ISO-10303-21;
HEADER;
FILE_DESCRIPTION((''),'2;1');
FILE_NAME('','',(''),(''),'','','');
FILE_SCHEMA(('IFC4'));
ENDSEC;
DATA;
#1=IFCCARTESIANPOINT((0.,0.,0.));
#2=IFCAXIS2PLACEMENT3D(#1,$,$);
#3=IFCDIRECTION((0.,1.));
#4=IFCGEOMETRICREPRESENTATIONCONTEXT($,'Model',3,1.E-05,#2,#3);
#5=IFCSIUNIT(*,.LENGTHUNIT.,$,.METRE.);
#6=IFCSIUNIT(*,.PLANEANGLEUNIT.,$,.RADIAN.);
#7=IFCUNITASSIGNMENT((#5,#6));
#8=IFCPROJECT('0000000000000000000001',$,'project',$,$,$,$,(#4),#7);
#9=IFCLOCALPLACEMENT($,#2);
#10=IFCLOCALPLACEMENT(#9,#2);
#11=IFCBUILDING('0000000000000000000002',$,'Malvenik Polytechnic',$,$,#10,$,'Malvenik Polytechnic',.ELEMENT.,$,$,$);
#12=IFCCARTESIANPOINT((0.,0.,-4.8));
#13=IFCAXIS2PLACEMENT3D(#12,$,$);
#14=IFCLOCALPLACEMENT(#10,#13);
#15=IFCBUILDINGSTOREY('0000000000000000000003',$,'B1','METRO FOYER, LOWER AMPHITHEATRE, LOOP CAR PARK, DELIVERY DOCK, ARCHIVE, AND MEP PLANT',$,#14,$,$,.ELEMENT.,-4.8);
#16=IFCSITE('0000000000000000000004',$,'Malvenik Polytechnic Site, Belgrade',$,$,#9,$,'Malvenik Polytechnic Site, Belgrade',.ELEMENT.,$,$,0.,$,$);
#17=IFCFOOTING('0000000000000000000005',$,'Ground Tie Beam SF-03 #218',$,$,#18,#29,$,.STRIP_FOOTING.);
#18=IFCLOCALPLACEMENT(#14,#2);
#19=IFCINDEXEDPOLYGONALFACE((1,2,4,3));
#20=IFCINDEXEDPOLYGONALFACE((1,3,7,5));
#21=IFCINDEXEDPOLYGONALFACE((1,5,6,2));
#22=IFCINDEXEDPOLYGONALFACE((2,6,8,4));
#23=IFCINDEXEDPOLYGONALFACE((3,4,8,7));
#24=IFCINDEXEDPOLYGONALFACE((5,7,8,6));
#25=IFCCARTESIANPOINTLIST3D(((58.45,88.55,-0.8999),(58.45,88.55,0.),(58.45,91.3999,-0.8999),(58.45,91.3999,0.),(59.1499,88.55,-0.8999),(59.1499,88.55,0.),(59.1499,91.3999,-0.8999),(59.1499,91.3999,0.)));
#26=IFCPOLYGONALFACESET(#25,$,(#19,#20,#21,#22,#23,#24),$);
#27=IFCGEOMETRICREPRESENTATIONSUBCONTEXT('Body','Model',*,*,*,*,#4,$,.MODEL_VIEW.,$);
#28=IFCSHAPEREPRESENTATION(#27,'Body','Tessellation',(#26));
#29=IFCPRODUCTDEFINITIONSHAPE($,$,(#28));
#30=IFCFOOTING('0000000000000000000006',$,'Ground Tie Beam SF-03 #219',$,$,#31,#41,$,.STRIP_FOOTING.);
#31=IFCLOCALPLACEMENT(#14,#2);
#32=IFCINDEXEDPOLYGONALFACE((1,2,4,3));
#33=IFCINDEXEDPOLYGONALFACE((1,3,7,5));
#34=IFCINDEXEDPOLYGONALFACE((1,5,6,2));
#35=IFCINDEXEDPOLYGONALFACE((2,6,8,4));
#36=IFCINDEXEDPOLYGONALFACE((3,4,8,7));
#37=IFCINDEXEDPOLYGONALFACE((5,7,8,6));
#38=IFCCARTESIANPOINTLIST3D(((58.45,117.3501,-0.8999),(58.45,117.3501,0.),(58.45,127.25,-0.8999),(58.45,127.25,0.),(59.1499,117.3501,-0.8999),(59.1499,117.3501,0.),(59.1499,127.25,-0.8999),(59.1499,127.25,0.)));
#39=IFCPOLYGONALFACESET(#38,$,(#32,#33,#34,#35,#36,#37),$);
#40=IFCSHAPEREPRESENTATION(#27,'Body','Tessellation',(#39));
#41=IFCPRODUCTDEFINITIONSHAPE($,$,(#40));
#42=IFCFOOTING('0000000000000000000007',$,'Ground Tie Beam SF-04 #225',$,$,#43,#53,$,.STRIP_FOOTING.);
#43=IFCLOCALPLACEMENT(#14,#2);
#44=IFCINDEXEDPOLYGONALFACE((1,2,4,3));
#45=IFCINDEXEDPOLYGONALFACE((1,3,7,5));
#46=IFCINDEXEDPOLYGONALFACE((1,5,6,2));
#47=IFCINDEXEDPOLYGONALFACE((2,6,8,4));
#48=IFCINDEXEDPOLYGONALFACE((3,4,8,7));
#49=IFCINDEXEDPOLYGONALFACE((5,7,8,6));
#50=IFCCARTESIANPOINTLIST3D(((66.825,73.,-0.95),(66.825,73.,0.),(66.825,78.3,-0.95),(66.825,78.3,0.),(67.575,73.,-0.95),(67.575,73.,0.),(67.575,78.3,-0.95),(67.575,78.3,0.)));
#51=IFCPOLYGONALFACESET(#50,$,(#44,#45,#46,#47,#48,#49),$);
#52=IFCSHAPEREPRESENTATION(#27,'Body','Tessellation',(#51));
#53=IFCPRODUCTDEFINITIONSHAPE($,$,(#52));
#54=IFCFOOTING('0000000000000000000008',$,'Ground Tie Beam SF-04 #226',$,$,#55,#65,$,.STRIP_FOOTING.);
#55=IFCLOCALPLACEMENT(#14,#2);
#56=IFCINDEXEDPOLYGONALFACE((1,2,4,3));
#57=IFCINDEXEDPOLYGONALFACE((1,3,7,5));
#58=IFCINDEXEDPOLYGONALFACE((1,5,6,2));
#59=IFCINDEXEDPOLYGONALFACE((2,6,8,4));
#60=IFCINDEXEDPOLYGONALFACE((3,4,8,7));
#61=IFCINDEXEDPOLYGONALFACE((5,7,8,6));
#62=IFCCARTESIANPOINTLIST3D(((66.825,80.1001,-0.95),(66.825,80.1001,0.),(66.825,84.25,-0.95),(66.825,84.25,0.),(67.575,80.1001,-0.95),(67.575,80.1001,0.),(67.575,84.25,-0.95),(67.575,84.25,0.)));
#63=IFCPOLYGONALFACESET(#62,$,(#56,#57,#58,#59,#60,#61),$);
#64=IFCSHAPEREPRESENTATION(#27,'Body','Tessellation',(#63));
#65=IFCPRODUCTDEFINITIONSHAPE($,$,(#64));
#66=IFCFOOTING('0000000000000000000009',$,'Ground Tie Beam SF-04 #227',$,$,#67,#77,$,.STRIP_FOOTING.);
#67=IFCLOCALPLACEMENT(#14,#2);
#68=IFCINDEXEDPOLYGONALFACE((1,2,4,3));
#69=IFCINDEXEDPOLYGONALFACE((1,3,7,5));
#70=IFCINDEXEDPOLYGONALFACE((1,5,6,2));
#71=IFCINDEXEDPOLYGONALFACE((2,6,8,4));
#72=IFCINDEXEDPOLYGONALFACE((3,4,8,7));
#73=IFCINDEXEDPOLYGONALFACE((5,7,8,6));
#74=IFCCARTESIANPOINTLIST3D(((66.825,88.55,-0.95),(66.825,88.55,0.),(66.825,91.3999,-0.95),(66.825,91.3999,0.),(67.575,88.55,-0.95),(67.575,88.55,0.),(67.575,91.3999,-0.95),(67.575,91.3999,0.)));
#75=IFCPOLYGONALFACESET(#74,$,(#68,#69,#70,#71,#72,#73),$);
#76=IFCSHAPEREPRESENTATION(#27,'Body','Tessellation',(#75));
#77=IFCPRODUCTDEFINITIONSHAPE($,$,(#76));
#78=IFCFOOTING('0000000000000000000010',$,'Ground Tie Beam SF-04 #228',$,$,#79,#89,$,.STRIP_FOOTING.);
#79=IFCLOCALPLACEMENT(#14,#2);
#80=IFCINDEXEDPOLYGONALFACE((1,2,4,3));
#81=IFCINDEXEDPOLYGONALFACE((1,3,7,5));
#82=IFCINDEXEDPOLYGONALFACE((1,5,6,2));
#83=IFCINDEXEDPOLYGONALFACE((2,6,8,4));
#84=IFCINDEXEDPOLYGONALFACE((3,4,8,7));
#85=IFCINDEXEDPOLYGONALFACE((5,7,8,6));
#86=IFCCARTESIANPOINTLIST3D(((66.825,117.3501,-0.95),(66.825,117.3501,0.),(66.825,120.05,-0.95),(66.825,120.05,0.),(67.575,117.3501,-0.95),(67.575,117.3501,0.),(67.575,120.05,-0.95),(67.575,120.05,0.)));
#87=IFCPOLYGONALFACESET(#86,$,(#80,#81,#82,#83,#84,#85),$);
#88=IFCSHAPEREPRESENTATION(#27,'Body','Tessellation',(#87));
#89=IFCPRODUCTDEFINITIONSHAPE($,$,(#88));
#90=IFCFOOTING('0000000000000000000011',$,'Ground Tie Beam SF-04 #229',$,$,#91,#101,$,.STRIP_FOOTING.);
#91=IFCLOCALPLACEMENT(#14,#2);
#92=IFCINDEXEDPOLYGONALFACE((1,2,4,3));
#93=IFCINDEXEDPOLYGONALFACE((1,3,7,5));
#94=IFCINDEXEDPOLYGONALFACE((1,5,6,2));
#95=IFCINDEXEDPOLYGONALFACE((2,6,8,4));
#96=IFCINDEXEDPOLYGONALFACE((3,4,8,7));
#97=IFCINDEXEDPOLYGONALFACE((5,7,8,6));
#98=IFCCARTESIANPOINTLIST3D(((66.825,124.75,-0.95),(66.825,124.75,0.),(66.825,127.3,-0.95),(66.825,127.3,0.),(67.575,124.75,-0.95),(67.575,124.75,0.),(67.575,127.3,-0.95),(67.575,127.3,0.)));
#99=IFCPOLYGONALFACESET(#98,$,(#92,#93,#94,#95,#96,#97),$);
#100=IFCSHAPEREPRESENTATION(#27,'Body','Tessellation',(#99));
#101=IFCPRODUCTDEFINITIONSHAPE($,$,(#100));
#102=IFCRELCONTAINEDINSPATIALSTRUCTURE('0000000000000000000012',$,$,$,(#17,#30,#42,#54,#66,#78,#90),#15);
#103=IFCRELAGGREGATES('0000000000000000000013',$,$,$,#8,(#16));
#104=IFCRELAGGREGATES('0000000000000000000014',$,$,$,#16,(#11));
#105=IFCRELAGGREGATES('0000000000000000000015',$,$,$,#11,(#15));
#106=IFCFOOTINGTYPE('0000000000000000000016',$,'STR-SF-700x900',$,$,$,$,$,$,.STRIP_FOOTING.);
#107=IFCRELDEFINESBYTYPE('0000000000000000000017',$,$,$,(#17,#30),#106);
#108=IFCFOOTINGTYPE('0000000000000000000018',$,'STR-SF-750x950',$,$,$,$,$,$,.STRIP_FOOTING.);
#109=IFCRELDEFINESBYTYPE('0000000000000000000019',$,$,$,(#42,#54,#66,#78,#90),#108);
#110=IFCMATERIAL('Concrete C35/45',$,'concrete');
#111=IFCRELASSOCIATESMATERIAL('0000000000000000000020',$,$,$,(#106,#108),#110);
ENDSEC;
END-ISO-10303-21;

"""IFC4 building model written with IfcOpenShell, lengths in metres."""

from ifc_helpers import new_model, si_unit, direction, frame, origin, place, context, subcontext, project, spatial, polyline, outline, extrude, material, type_object, element, save


model = new_model("IFC4")

# Units and contexts
model_context = context("Model", 3, precision=1e-05, world=origin(), true_north=direction((0.0, 1.0)))
body_context = subcontext(model_context, "Body", "Model", "MODEL_VIEW")
ifc_project = project(units=[si_unit("LENGTHUNIT", "METRE"), si_unit("PLANEANGLEUNIT", "RADIAN")], contexts=[model_context])

# Site, building, storey
site_placement = place(None, origin())
site = spatial("IfcSite", under=ifc_project, at=site_placement, Name="Malvenik Polytechnic Site, Belgrade", LongName="Malvenik Polytechnic Site, Belgrade", CompositionType="ELEMENT", RefElevation=0.0)
building_placement = place(site_placement, origin())
building = spatial("IfcBuilding", under=site, at=building_placement, Name="Malvenik Polytechnic", LongName="Malvenik Polytechnic", CompositionType="ELEMENT")
storey_placement = place(building_placement, frame((0.0, 0.0, -4.8)))
storey = spatial("IfcBuildingStorey", under=building, at=storey_placement, Name="B1", Description="METRO FOYER, LOWER AMPHITHEATRE, LOOP CAR PARK, DELIVERY DOCK, ARCHIVE, AND MEP PLANT", CompositionType="ELEMENT", Elevation=-4.8)

# Footings
ifc_material = material(Name="Concrete C35/45", Category="concrete")
footing_type_1 = type_object("IfcFootingType", Name="STR-SF-700x900", PredefinedType="STRIP_FOOTING", material=ifc_material)
footing_1_placement = place(storey_placement, frame((0.0, 0.0, -0.8999)))
element("IfcFooting", 1, at=footing_1_placement, inside=storey, type_object=footing_type_1, Name="Ground Tie Beam SF-03 #218", PredefinedType="STRIP_FOOTING", context=body_context, shape_type="SweptSolid", body=[
    extrude(outline(polyline([(58.45, 88.55), (59.1499, 88.55), (59.1499, 91.3999), (58.45, 91.3999), (58.45, 88.55)])), origin(), (0.0, 0.0, 1.0), 0.8999),
])
footing_2_placement = place(storey_placement, frame((0.0, 0.0, -0.8999)))
element("IfcFooting", 2, at=footing_2_placement, inside=storey, type_object=footing_type_1, Name="Ground Tie Beam SF-03 #219", PredefinedType="STRIP_FOOTING", context=body_context, shape_type="SweptSolid", body=[
    extrude(outline(polyline([(58.45, 117.3501), (59.1499, 117.3501), (59.1499, 127.25), (58.45, 127.25), (58.45, 117.3501)])), origin(), (0.0, 0.0, 1.0), 0.8999),
])
footing_type_2 = type_object("IfcFootingType", Name="STR-SF-750x950", PredefinedType="STRIP_FOOTING", material=ifc_material)
footing_3_placement = place(storey_placement, frame((0.0, 0.0, -0.95)))
element("IfcFooting", 3, at=footing_3_placement, inside=storey, type_object=footing_type_2, Name="Ground Tie Beam SF-04 #225", PredefinedType="STRIP_FOOTING", context=body_context, shape_type="SweptSolid", body=[
    extrude(outline(polyline([(66.825, 73.0), (67.575, 73.0), (67.575, 78.3), (66.825, 78.3), (66.825, 73.0)])), origin(), (0.0, 0.0, 1.0), 0.95),
])
footing_4_placement = place(storey_placement, frame((0.0, 0.0, -0.95)))
element("IfcFooting", 4, at=footing_4_placement, inside=storey, type_object=footing_type_2, Name="Ground Tie Beam SF-04 #226", PredefinedType="STRIP_FOOTING", context=body_context, shape_type="SweptSolid", body=[
    extrude(outline(polyline([(66.825, 80.1001), (67.575, 80.1001), (67.575, 84.25), (66.825, 84.25), (66.825, 80.1001)])), origin(), (0.0, 0.0, 1.0), 0.95),
])
footing_5_placement = place(storey_placement, frame((0.0, 0.0, -0.95)))
element("IfcFooting", 5, at=footing_5_placement, inside=storey, type_object=footing_type_2, Name="Ground Tie Beam SF-04 #227", PredefinedType="STRIP_FOOTING", context=body_context, shape_type="SweptSolid", body=[
    extrude(outline(polyline([(66.825, 88.55), (67.575, 88.55), (67.575, 91.3999), (66.825, 91.3999), (66.825, 88.55)])), origin(), (0.0, 0.0, 1.0), 0.95),
])
footing_6_placement = place(storey_placement, frame((0.0, 0.0, -0.95)))
element("IfcFooting", 6, at=footing_6_placement, inside=storey, type_object=footing_type_2, Name="Ground Tie Beam SF-04 #228", PredefinedType="STRIP_FOOTING", context=body_context, shape_type="SweptSolid", body=[
    extrude(outline(polyline([(66.825, 117.3501), (67.575, 117.3501), (67.575, 120.05), (66.825, 120.05), (66.825, 117.3501)])), origin(), (0.0, 0.0, 1.0), 0.95),
])
footing_7_placement = place(storey_placement, frame((0.0, 0.0, -0.95)))
element("IfcFooting", 7, at=footing_7_placement, inside=storey, type_object=footing_type_2, Name="Ground Tie Beam SF-04 #229", PredefinedType="STRIP_FOOTING", context=body_context, shape_type="SweptSolid", body=[
    extrude(outline(polyline([(66.825, 124.75), (67.575, 124.75), (67.575, 127.3), (66.825, 127.3), (66.825, 124.75)])), origin(), (0.0, 0.0, 1.0), 0.95),
])

save(model, "model.ifc")
